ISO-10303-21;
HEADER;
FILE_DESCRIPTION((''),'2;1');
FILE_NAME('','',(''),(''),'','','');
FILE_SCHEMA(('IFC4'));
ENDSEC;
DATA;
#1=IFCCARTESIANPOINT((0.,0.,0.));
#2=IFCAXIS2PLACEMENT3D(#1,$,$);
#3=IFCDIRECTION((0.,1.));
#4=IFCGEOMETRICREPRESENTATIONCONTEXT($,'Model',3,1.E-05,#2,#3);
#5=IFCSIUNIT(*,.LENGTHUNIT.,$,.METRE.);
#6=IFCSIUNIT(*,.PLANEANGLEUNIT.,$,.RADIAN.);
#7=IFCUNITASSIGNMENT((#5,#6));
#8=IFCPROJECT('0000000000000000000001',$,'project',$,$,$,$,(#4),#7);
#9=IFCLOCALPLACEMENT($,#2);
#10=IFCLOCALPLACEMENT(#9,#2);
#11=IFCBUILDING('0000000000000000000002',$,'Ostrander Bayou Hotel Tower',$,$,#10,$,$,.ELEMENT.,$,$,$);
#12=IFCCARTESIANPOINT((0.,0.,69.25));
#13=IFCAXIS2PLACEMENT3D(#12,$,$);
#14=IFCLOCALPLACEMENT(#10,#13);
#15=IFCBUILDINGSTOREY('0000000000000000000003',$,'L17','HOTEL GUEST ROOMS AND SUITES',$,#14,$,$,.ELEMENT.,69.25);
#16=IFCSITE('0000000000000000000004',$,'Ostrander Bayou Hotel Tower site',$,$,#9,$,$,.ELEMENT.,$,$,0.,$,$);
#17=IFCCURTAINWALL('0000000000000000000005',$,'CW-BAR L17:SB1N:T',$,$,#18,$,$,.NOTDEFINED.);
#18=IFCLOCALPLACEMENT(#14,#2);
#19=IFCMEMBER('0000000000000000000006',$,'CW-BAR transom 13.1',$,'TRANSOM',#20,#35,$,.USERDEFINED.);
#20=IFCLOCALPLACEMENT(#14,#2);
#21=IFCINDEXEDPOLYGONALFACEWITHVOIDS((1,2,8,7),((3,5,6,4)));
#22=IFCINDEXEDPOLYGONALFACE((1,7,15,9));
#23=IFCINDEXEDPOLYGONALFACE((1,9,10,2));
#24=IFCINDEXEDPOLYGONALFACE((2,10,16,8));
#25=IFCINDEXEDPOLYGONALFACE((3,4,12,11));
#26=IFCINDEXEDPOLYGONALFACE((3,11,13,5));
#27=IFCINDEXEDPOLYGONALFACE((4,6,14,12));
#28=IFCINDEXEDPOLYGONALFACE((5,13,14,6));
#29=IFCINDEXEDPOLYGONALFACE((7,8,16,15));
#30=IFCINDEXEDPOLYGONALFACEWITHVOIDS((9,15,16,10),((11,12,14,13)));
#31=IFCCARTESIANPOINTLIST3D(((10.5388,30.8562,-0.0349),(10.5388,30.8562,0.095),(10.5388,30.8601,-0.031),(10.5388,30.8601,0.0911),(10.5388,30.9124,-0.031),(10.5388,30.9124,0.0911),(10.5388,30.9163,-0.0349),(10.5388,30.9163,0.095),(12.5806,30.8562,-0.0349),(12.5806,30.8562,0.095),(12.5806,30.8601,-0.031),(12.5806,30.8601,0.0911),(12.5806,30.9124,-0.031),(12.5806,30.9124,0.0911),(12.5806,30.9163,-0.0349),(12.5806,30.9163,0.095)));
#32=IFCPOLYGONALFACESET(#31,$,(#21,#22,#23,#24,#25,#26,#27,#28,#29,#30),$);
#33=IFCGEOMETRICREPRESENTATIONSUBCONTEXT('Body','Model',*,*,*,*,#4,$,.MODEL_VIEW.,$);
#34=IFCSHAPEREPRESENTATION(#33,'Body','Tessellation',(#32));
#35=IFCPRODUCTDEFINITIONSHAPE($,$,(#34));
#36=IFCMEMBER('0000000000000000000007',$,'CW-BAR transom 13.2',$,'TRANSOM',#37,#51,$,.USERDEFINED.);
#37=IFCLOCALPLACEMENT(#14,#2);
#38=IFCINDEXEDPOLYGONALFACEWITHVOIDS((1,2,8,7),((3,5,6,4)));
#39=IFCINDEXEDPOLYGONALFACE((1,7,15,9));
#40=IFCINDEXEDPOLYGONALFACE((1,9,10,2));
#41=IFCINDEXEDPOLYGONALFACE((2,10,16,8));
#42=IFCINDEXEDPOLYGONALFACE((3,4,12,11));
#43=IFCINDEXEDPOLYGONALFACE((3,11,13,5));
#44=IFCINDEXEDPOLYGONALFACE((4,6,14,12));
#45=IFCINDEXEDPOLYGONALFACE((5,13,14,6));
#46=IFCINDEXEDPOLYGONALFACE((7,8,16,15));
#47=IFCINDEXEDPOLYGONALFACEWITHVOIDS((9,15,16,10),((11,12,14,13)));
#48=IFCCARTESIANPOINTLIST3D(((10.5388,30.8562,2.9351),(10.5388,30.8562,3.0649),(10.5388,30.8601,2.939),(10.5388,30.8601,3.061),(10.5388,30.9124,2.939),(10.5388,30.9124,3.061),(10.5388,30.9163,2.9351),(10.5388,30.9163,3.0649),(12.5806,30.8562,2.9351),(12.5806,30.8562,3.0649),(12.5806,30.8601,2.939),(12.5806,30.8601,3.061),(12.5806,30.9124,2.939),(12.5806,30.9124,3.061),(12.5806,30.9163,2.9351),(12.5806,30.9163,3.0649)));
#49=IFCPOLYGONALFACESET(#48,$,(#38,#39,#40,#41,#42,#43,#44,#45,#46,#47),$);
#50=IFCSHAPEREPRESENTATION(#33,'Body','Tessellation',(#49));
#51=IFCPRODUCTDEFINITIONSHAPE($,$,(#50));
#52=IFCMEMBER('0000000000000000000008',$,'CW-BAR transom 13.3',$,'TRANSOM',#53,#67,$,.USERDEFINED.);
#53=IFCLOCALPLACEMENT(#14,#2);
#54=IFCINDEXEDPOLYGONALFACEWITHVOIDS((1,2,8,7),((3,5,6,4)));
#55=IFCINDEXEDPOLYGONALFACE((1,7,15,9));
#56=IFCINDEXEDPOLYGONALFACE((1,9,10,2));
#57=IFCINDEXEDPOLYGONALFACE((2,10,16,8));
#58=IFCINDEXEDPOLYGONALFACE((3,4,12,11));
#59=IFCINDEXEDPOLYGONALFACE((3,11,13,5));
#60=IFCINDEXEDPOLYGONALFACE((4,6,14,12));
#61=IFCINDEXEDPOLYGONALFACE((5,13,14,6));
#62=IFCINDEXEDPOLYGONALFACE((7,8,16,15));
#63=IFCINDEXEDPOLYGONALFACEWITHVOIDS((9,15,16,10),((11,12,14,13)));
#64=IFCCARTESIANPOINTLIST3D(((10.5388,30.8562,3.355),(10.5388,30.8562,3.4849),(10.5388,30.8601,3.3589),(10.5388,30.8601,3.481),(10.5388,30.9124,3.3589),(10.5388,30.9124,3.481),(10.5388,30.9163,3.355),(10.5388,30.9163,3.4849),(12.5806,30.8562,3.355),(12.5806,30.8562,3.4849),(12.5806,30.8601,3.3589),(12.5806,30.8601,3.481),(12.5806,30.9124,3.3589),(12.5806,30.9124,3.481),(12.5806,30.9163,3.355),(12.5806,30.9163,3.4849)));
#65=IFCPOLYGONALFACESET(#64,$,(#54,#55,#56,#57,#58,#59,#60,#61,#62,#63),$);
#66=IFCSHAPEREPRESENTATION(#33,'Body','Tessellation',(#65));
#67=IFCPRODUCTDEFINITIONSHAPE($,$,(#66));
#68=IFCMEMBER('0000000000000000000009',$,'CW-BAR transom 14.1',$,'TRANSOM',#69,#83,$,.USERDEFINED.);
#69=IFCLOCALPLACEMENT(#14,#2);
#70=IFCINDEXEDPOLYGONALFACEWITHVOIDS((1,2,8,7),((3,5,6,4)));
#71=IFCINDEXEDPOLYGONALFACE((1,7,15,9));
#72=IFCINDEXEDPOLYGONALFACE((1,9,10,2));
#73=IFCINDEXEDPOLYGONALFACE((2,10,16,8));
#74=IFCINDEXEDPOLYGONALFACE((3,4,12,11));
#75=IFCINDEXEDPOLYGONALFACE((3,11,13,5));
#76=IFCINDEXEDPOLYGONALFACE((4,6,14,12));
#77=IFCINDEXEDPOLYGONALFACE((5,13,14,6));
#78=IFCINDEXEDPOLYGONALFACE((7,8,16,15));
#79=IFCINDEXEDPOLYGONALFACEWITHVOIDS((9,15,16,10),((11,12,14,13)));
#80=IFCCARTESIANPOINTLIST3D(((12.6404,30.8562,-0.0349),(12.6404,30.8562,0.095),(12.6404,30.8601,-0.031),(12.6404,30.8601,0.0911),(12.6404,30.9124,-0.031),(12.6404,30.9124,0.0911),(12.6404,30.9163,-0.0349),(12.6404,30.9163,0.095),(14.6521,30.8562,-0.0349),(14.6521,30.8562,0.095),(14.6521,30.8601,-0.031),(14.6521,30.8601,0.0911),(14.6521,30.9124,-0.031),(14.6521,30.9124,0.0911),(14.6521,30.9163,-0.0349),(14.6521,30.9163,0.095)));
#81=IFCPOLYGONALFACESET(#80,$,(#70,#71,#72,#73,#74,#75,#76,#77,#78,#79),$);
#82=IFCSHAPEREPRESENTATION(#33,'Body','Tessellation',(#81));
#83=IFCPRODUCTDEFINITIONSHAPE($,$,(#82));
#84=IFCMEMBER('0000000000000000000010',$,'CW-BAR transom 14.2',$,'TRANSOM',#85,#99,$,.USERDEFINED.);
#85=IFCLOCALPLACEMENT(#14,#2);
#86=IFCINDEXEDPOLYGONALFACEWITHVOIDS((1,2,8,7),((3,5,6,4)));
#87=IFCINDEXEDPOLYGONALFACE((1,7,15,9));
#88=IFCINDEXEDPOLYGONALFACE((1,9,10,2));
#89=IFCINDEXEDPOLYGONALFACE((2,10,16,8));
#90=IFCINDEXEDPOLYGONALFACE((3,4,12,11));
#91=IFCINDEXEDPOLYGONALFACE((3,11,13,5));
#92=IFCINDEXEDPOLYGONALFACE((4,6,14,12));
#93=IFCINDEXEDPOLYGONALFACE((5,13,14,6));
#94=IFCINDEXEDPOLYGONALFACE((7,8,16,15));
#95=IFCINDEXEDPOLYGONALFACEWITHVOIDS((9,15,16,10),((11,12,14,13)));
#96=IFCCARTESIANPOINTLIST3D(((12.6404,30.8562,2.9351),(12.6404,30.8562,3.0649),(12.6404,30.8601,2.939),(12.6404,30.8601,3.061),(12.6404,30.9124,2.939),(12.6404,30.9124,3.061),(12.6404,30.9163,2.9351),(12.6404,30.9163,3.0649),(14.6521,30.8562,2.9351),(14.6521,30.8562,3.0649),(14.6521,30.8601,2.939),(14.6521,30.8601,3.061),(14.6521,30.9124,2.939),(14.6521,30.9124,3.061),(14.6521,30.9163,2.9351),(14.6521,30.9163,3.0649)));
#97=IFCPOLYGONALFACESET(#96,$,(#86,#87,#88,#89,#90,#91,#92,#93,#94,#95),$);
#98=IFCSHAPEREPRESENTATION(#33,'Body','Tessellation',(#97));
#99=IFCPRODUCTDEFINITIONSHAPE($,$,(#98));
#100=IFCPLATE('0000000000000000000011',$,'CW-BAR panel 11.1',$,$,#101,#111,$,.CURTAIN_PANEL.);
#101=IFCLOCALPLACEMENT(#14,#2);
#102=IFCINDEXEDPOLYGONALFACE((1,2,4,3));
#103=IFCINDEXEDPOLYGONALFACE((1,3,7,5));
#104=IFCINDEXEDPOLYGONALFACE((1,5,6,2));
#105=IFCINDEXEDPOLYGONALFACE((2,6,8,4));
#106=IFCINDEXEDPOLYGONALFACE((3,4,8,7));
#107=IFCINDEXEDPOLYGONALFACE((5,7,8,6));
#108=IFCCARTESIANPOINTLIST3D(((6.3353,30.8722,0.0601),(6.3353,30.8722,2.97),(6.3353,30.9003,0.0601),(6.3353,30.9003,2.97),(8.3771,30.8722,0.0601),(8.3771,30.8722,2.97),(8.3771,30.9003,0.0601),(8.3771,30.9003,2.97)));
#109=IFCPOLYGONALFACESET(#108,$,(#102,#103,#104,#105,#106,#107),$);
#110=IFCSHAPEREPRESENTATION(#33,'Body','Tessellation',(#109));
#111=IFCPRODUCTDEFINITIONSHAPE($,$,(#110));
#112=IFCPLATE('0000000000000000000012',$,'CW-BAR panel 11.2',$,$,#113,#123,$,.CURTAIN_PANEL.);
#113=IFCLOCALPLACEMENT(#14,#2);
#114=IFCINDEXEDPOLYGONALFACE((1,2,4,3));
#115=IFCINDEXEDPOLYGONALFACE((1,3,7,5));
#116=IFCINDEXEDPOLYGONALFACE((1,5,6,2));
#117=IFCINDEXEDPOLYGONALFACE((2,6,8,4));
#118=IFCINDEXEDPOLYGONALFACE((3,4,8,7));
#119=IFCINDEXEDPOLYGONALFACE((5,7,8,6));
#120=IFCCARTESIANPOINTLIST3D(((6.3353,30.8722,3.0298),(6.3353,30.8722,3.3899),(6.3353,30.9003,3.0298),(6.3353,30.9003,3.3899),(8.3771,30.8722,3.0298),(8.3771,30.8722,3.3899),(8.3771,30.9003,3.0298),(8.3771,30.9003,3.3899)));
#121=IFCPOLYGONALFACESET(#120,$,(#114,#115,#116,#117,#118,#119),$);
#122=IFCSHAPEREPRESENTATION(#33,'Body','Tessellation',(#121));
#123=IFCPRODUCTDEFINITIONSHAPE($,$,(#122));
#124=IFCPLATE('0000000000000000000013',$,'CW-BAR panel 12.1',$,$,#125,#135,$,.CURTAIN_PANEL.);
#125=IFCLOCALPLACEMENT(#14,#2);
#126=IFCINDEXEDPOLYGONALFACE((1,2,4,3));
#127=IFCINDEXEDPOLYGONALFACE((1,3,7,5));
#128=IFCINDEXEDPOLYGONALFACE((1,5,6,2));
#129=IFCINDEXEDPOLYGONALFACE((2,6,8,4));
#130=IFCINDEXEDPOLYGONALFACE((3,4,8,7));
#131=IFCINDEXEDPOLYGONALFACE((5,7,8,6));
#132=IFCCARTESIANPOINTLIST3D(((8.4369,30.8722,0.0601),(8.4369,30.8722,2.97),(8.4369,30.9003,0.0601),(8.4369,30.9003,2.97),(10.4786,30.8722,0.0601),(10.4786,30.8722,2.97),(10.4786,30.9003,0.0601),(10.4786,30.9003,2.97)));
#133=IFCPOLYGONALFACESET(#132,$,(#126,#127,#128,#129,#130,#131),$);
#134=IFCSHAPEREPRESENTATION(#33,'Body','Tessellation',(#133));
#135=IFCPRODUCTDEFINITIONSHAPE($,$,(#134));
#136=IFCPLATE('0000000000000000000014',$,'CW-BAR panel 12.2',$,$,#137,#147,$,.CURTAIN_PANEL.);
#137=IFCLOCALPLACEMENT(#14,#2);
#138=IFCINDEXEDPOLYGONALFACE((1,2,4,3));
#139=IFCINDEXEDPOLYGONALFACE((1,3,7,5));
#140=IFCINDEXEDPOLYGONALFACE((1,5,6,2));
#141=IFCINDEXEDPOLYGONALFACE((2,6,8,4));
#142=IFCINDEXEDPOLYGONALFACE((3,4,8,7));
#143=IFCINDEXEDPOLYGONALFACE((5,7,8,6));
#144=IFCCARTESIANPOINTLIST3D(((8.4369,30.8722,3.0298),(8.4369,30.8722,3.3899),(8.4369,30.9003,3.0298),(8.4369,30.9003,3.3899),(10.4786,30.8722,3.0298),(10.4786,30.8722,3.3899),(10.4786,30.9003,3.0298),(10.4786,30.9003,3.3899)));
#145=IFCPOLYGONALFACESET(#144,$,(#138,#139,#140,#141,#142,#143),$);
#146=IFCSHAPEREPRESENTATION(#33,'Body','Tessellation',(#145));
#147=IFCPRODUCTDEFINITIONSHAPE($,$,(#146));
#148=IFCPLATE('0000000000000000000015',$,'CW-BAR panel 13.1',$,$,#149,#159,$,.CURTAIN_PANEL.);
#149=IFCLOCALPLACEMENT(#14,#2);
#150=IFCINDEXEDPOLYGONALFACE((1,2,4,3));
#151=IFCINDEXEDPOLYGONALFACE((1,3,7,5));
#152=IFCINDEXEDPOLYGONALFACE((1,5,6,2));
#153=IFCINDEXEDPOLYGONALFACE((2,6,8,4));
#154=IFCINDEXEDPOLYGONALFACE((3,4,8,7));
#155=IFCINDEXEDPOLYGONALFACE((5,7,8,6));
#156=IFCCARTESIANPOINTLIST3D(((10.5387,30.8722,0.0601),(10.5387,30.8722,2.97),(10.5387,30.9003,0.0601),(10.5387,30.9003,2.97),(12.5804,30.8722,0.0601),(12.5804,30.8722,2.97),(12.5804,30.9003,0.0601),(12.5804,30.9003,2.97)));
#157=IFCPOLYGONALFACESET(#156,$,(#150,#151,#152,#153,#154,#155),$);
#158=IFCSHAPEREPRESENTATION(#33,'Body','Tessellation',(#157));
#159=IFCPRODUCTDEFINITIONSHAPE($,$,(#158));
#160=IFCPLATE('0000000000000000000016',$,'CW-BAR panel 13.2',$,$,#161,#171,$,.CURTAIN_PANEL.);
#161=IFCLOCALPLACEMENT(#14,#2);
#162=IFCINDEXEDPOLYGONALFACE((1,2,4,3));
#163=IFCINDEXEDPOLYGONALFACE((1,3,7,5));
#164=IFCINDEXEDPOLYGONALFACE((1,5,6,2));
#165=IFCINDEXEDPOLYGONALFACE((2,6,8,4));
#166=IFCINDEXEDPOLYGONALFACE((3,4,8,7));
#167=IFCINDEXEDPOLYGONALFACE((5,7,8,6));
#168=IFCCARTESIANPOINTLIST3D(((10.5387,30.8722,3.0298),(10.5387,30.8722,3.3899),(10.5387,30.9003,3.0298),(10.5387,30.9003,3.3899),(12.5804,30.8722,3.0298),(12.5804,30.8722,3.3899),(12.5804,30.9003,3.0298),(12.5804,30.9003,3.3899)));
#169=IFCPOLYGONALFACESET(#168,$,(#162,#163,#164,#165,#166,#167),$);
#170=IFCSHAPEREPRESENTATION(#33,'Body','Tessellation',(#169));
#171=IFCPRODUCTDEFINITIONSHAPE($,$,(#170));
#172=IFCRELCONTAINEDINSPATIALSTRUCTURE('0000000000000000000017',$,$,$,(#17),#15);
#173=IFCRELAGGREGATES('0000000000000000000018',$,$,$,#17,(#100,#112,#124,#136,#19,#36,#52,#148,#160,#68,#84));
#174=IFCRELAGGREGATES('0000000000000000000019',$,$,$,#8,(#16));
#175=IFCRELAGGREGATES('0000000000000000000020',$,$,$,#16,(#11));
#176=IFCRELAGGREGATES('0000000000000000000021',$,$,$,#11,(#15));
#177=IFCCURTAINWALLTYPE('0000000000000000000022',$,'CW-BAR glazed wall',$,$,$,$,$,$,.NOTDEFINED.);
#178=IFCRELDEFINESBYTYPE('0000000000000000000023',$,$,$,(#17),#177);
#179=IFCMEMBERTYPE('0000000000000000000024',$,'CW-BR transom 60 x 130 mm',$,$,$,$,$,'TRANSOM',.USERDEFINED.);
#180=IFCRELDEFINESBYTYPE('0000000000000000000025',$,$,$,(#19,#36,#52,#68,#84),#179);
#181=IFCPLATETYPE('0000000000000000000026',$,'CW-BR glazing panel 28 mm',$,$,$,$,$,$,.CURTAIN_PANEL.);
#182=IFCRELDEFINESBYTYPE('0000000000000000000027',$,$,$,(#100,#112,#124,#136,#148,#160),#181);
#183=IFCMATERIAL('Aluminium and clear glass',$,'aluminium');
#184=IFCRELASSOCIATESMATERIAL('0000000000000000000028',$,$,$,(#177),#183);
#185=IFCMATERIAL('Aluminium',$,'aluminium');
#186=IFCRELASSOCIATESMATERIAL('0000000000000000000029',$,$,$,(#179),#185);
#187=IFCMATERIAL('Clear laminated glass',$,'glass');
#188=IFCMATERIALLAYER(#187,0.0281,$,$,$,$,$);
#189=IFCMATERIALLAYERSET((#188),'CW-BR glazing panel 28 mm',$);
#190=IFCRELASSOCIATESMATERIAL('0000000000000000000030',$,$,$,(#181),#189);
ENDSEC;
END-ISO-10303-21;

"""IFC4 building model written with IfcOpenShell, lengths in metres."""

from ifc_helpers import new_model, si_unit, direction, frame, origin, origin_2d, place, context, subcontext, project, spatial, rectangle, hollow_rectangle, extrude, material, layer, layer_set, material_profile, profile_set, type_object, element, aggregate, save


model = new_model("IFC4")

# Units and contexts
model_context = context("Model", 3, precision=1e-05, world=origin(), true_north=direction((0.0, 1.0)))
body_context = subcontext(model_context, "Body", "Model", "MODEL_VIEW")
ifc_project = project(units=[si_unit("LENGTHUNIT", "METRE"), si_unit("PLANEANGLEUNIT", "RADIAN")], contexts=[model_context])

# Site, building, storey
site_placement = place(None, origin())
site = spatial("IfcSite", under=ifc_project, at=site_placement, Name="Ostrander Bayou Hotel Tower site", CompositionType="ELEMENT", RefElevation=0.0)
building_placement = place(site_placement, origin())
building = spatial("IfcBuilding", under=site, at=building_placement, Name="Ostrander Bayou Hotel Tower", CompositionType="ELEMENT")
storey_placement = place(building_placement, frame((0.0, 0.0, 69.25)))
storey = spatial("IfcBuildingStorey", under=building, at=storey_placement, Name="L17", Description="HOTEL GUEST ROOMS AND SUITES", CompositionType="ELEMENT", Elevation=69.25)

# Curtain wall, members, plates
ifc_material_1 = material(Name="Aluminium and clear glass", Category="aluminium")
curtain_wall_type = type_object("IfcCurtainWallType", Name="CW-BAR glazed wall", PredefinedType="NOTDEFINED", material=ifc_material_1)
curtain_wall_placement = place(storey_placement, origin())
curtain_wall = element("IfcCurtainWall", 1, at=curtain_wall_placement, inside=storey, type_object=curtain_wall_type, Name="CW-BAR L17:SB1N:T", PredefinedType="NOTDEFINED")
ifc_material_2 = material(Name="Aluminium", Category="aluminium")
ifc_material_profile_1 = material_profile(ifc_material_2, hollow_rectangle(XDim=0.0601, YDim=0.1299, WallThickness=0.0039, at=origin_2d()))
ifc_profile_set_1 = profile_set([ifc_material_profile_1], Name="Aluminium")
member_type_1 = type_object("IfcMemberType", Name="CW-BR transom 60 x 130 mm", ElementType="TRANSOM", PredefinedType="USERDEFINED", material=ifc_profile_set_1)
member_1_placement = place(storey_placement, frame((10.5388, 30.8862, 0.03), z_axis=(1.0, 0.0, 0.0), x_axis=(0.0, 1.0, 0.0)))
member_1 = element("IfcMember", 2, at=member_1_placement, type_object=member_type_1, Name="CW-BAR transom 13.1", ObjectType="TRANSOM", PredefinedType="USERDEFINED", context=body_context, shape_type="SweptSolid", body=[
    extrude(hollow_rectangle(XDim=0.0601, YDim=0.1299, WallThickness=0.0039, at=origin_2d()), origin(), (0.0, 0.0, 1.0), 2.0417),
])
member_2_placement = place(storey_placement, frame((10.5388, 30.8862, 3.0), z_axis=(1.0, 0.0, 0.0), x_axis=(0.0, 1.0, 0.0)))
member_2 = element("IfcMember", 3, at=member_2_placement, type_object=member_type_1, Name="CW-BAR transom 13.2", ObjectType="TRANSOM", PredefinedType="USERDEFINED", context=body_context, shape_type="SweptSolid", body=[
    extrude(hollow_rectangle(XDim=0.0601, YDim=0.1299, WallThickness=0.0039, at=origin_2d()), origin(), (0.0, 0.0, 1.0), 2.0417),
])
member_3_placement = place(storey_placement, frame((10.5388, 30.8862, 3.4199), z_axis=(1.0, 0.0, 0.0), x_axis=(0.0, 1.0, 0.0)))
member_3 = element("IfcMember", 4, at=member_3_placement, type_object=member_type_1, Name="CW-BAR transom 13.3", ObjectType="TRANSOM", PredefinedType="USERDEFINED", context=body_context, shape_type="SweptSolid", body=[
    extrude(hollow_rectangle(XDim=0.0601, YDim=0.1299, WallThickness=0.0039, at=origin_2d()), origin(), (0.0, 0.0, 1.0), 2.0417),
])
member_4_placement = place(storey_placement, frame((12.6404, 30.8862, 0.03), z_axis=(1.0, 0.0, 0.0), x_axis=(0.0, 1.0, 0.0)))
member_4 = element("IfcMember", 5, at=member_4_placement, type_object=member_type_1, Name="CW-BAR transom 14.1", ObjectType="TRANSOM", PredefinedType="USERDEFINED", context=body_context, shape_type="SweptSolid", body=[
    extrude(hollow_rectangle(XDim=0.0601, YDim=0.1299, WallThickness=0.0039, at=origin_2d()), origin(), (0.0, 0.0, 1.0), 2.0117),
])
member_5_placement = place(storey_placement, frame((12.6404, 30.8862, 3.0), z_axis=(1.0, 0.0, 0.0), x_axis=(0.0, 1.0, 0.0)))
member_5 = element("IfcMember", 6, at=member_5_placement, type_object=member_type_1, Name="CW-BAR transom 14.2", ObjectType="TRANSOM", PredefinedType="USERDEFINED", context=body_context, shape_type="SweptSolid", body=[
    extrude(hollow_rectangle(XDim=0.0601, YDim=0.1299, WallThickness=0.0039, at=origin_2d()), origin(), (0.0, 0.0, 1.0), 2.0117),
])
ifc_material_3 = material(Name="Clear laminated glass", Category="glass")
ifc_layer_1 = layer(ifc_material_3, 0.0281)
ifc_layer_set_1 = layer_set([ifc_layer_1], Name="CW-BR glazing panel 28 mm")
plate_type = type_object("IfcPlateType", Name="CW-BR glazing panel 28 mm", PredefinedType="CURTAIN_PANEL", material=ifc_layer_set_1)
plate_1_placement = place(storey_placement, frame((7.3562, 30.8862, 0.0601), z_axis=(0.0, 0.0, 1.0), x_axis=(1.0, 0.0, 0.0)))
plate_1 = element("IfcPlate", 7, at=plate_1_placement, type_object=plate_type, Name="CW-BAR panel 11.1", PredefinedType="CURTAIN_PANEL", context=body_context, shape_type="SweptSolid", body=[
    extrude(rectangle(XDim=2.0417, YDim=0.0281, at=origin_2d()), origin(), (0.0, 0.0, 1.0), 2.9099),
])
plate_2_placement = place(storey_placement, frame((7.3562, 30.8862, 3.0298), z_axis=(0.0, 0.0, 1.0), x_axis=(1.0, 0.0, 0.0)))
plate_2 = element("IfcPlate", 8, at=plate_2_placement, type_object=plate_type, Name="CW-BAR panel 11.2", PredefinedType="CURTAIN_PANEL", context=body_context, shape_type="SweptSolid", body=[
    extrude(rectangle(XDim=2.0417, YDim=0.0281, at=origin_2d()), origin(), (0.0, 0.0, 1.0), 0.3601),
])
plate_3_placement = place(storey_placement, frame((9.4578, 30.8862, 0.0601), z_axis=(0.0, 0.0, 1.0), x_axis=(1.0, 0.0, 0.0)))
plate_3 = element("IfcPlate", 9, at=plate_3_placement, type_object=plate_type, Name="CW-BAR panel 12.1", PredefinedType="CURTAIN_PANEL", context=body_context, shape_type="SweptSolid", body=[
    extrude(rectangle(XDim=2.0417, YDim=0.0281, at=origin_2d()), origin(), (0.0, 0.0, 1.0), 2.9099),
])
plate_4_placement = place(storey_placement, frame((9.4578, 30.8862, 3.0298), z_axis=(0.0, 0.0, 1.0), x_axis=(1.0, 0.0, 0.0)))
plate_4 = element("IfcPlate", 10, at=plate_4_placement, type_object=plate_type, Name="CW-BAR panel 12.2", PredefinedType="CURTAIN_PANEL", context=body_context, shape_type="SweptSolid", body=[
    extrude(rectangle(XDim=2.0417, YDim=0.0281, at=origin_2d()), origin(), (0.0, 0.0, 1.0), 0.3601),
])
plate_5_placement = place(storey_placement, frame((11.5596, 30.8862, 0.0601), z_axis=(0.0, 0.0, 1.0), x_axis=(1.0, 0.0, 0.0)))
plate_5 = element("IfcPlate", 11, at=plate_5_placement, type_object=plate_type, Name="CW-BAR panel 13.1", PredefinedType="CURTAIN_PANEL", context=body_context, shape_type="SweptSolid", body=[
    extrude(rectangle(XDim=2.0417, YDim=0.0281, at=origin_2d()), origin(), (0.0, 0.0, 1.0), 2.9099),
])
plate_6_placement = place(storey_placement, frame((11.5596, 30.8862, 3.0298), z_axis=(0.0, 0.0, 1.0), x_axis=(1.0, 0.0, 0.0)))
plate_6 = element("IfcPlate", 12, at=plate_6_placement, type_object=plate_type, Name="CW-BAR panel 13.2", PredefinedType="CURTAIN_PANEL", context=body_context, shape_type="SweptSolid", body=[
    extrude(rectangle(XDim=2.0417, YDim=0.0281, at=origin_2d()), origin(), (0.0, 0.0, 1.0), 0.3601),
])
aggregate(curtain_wall, [plate_1, plate_2, plate_3, plate_4, member_1, member_2, member_3, plate_5, plate_6, member_4, member_5])

save(model, "model.ifc")
